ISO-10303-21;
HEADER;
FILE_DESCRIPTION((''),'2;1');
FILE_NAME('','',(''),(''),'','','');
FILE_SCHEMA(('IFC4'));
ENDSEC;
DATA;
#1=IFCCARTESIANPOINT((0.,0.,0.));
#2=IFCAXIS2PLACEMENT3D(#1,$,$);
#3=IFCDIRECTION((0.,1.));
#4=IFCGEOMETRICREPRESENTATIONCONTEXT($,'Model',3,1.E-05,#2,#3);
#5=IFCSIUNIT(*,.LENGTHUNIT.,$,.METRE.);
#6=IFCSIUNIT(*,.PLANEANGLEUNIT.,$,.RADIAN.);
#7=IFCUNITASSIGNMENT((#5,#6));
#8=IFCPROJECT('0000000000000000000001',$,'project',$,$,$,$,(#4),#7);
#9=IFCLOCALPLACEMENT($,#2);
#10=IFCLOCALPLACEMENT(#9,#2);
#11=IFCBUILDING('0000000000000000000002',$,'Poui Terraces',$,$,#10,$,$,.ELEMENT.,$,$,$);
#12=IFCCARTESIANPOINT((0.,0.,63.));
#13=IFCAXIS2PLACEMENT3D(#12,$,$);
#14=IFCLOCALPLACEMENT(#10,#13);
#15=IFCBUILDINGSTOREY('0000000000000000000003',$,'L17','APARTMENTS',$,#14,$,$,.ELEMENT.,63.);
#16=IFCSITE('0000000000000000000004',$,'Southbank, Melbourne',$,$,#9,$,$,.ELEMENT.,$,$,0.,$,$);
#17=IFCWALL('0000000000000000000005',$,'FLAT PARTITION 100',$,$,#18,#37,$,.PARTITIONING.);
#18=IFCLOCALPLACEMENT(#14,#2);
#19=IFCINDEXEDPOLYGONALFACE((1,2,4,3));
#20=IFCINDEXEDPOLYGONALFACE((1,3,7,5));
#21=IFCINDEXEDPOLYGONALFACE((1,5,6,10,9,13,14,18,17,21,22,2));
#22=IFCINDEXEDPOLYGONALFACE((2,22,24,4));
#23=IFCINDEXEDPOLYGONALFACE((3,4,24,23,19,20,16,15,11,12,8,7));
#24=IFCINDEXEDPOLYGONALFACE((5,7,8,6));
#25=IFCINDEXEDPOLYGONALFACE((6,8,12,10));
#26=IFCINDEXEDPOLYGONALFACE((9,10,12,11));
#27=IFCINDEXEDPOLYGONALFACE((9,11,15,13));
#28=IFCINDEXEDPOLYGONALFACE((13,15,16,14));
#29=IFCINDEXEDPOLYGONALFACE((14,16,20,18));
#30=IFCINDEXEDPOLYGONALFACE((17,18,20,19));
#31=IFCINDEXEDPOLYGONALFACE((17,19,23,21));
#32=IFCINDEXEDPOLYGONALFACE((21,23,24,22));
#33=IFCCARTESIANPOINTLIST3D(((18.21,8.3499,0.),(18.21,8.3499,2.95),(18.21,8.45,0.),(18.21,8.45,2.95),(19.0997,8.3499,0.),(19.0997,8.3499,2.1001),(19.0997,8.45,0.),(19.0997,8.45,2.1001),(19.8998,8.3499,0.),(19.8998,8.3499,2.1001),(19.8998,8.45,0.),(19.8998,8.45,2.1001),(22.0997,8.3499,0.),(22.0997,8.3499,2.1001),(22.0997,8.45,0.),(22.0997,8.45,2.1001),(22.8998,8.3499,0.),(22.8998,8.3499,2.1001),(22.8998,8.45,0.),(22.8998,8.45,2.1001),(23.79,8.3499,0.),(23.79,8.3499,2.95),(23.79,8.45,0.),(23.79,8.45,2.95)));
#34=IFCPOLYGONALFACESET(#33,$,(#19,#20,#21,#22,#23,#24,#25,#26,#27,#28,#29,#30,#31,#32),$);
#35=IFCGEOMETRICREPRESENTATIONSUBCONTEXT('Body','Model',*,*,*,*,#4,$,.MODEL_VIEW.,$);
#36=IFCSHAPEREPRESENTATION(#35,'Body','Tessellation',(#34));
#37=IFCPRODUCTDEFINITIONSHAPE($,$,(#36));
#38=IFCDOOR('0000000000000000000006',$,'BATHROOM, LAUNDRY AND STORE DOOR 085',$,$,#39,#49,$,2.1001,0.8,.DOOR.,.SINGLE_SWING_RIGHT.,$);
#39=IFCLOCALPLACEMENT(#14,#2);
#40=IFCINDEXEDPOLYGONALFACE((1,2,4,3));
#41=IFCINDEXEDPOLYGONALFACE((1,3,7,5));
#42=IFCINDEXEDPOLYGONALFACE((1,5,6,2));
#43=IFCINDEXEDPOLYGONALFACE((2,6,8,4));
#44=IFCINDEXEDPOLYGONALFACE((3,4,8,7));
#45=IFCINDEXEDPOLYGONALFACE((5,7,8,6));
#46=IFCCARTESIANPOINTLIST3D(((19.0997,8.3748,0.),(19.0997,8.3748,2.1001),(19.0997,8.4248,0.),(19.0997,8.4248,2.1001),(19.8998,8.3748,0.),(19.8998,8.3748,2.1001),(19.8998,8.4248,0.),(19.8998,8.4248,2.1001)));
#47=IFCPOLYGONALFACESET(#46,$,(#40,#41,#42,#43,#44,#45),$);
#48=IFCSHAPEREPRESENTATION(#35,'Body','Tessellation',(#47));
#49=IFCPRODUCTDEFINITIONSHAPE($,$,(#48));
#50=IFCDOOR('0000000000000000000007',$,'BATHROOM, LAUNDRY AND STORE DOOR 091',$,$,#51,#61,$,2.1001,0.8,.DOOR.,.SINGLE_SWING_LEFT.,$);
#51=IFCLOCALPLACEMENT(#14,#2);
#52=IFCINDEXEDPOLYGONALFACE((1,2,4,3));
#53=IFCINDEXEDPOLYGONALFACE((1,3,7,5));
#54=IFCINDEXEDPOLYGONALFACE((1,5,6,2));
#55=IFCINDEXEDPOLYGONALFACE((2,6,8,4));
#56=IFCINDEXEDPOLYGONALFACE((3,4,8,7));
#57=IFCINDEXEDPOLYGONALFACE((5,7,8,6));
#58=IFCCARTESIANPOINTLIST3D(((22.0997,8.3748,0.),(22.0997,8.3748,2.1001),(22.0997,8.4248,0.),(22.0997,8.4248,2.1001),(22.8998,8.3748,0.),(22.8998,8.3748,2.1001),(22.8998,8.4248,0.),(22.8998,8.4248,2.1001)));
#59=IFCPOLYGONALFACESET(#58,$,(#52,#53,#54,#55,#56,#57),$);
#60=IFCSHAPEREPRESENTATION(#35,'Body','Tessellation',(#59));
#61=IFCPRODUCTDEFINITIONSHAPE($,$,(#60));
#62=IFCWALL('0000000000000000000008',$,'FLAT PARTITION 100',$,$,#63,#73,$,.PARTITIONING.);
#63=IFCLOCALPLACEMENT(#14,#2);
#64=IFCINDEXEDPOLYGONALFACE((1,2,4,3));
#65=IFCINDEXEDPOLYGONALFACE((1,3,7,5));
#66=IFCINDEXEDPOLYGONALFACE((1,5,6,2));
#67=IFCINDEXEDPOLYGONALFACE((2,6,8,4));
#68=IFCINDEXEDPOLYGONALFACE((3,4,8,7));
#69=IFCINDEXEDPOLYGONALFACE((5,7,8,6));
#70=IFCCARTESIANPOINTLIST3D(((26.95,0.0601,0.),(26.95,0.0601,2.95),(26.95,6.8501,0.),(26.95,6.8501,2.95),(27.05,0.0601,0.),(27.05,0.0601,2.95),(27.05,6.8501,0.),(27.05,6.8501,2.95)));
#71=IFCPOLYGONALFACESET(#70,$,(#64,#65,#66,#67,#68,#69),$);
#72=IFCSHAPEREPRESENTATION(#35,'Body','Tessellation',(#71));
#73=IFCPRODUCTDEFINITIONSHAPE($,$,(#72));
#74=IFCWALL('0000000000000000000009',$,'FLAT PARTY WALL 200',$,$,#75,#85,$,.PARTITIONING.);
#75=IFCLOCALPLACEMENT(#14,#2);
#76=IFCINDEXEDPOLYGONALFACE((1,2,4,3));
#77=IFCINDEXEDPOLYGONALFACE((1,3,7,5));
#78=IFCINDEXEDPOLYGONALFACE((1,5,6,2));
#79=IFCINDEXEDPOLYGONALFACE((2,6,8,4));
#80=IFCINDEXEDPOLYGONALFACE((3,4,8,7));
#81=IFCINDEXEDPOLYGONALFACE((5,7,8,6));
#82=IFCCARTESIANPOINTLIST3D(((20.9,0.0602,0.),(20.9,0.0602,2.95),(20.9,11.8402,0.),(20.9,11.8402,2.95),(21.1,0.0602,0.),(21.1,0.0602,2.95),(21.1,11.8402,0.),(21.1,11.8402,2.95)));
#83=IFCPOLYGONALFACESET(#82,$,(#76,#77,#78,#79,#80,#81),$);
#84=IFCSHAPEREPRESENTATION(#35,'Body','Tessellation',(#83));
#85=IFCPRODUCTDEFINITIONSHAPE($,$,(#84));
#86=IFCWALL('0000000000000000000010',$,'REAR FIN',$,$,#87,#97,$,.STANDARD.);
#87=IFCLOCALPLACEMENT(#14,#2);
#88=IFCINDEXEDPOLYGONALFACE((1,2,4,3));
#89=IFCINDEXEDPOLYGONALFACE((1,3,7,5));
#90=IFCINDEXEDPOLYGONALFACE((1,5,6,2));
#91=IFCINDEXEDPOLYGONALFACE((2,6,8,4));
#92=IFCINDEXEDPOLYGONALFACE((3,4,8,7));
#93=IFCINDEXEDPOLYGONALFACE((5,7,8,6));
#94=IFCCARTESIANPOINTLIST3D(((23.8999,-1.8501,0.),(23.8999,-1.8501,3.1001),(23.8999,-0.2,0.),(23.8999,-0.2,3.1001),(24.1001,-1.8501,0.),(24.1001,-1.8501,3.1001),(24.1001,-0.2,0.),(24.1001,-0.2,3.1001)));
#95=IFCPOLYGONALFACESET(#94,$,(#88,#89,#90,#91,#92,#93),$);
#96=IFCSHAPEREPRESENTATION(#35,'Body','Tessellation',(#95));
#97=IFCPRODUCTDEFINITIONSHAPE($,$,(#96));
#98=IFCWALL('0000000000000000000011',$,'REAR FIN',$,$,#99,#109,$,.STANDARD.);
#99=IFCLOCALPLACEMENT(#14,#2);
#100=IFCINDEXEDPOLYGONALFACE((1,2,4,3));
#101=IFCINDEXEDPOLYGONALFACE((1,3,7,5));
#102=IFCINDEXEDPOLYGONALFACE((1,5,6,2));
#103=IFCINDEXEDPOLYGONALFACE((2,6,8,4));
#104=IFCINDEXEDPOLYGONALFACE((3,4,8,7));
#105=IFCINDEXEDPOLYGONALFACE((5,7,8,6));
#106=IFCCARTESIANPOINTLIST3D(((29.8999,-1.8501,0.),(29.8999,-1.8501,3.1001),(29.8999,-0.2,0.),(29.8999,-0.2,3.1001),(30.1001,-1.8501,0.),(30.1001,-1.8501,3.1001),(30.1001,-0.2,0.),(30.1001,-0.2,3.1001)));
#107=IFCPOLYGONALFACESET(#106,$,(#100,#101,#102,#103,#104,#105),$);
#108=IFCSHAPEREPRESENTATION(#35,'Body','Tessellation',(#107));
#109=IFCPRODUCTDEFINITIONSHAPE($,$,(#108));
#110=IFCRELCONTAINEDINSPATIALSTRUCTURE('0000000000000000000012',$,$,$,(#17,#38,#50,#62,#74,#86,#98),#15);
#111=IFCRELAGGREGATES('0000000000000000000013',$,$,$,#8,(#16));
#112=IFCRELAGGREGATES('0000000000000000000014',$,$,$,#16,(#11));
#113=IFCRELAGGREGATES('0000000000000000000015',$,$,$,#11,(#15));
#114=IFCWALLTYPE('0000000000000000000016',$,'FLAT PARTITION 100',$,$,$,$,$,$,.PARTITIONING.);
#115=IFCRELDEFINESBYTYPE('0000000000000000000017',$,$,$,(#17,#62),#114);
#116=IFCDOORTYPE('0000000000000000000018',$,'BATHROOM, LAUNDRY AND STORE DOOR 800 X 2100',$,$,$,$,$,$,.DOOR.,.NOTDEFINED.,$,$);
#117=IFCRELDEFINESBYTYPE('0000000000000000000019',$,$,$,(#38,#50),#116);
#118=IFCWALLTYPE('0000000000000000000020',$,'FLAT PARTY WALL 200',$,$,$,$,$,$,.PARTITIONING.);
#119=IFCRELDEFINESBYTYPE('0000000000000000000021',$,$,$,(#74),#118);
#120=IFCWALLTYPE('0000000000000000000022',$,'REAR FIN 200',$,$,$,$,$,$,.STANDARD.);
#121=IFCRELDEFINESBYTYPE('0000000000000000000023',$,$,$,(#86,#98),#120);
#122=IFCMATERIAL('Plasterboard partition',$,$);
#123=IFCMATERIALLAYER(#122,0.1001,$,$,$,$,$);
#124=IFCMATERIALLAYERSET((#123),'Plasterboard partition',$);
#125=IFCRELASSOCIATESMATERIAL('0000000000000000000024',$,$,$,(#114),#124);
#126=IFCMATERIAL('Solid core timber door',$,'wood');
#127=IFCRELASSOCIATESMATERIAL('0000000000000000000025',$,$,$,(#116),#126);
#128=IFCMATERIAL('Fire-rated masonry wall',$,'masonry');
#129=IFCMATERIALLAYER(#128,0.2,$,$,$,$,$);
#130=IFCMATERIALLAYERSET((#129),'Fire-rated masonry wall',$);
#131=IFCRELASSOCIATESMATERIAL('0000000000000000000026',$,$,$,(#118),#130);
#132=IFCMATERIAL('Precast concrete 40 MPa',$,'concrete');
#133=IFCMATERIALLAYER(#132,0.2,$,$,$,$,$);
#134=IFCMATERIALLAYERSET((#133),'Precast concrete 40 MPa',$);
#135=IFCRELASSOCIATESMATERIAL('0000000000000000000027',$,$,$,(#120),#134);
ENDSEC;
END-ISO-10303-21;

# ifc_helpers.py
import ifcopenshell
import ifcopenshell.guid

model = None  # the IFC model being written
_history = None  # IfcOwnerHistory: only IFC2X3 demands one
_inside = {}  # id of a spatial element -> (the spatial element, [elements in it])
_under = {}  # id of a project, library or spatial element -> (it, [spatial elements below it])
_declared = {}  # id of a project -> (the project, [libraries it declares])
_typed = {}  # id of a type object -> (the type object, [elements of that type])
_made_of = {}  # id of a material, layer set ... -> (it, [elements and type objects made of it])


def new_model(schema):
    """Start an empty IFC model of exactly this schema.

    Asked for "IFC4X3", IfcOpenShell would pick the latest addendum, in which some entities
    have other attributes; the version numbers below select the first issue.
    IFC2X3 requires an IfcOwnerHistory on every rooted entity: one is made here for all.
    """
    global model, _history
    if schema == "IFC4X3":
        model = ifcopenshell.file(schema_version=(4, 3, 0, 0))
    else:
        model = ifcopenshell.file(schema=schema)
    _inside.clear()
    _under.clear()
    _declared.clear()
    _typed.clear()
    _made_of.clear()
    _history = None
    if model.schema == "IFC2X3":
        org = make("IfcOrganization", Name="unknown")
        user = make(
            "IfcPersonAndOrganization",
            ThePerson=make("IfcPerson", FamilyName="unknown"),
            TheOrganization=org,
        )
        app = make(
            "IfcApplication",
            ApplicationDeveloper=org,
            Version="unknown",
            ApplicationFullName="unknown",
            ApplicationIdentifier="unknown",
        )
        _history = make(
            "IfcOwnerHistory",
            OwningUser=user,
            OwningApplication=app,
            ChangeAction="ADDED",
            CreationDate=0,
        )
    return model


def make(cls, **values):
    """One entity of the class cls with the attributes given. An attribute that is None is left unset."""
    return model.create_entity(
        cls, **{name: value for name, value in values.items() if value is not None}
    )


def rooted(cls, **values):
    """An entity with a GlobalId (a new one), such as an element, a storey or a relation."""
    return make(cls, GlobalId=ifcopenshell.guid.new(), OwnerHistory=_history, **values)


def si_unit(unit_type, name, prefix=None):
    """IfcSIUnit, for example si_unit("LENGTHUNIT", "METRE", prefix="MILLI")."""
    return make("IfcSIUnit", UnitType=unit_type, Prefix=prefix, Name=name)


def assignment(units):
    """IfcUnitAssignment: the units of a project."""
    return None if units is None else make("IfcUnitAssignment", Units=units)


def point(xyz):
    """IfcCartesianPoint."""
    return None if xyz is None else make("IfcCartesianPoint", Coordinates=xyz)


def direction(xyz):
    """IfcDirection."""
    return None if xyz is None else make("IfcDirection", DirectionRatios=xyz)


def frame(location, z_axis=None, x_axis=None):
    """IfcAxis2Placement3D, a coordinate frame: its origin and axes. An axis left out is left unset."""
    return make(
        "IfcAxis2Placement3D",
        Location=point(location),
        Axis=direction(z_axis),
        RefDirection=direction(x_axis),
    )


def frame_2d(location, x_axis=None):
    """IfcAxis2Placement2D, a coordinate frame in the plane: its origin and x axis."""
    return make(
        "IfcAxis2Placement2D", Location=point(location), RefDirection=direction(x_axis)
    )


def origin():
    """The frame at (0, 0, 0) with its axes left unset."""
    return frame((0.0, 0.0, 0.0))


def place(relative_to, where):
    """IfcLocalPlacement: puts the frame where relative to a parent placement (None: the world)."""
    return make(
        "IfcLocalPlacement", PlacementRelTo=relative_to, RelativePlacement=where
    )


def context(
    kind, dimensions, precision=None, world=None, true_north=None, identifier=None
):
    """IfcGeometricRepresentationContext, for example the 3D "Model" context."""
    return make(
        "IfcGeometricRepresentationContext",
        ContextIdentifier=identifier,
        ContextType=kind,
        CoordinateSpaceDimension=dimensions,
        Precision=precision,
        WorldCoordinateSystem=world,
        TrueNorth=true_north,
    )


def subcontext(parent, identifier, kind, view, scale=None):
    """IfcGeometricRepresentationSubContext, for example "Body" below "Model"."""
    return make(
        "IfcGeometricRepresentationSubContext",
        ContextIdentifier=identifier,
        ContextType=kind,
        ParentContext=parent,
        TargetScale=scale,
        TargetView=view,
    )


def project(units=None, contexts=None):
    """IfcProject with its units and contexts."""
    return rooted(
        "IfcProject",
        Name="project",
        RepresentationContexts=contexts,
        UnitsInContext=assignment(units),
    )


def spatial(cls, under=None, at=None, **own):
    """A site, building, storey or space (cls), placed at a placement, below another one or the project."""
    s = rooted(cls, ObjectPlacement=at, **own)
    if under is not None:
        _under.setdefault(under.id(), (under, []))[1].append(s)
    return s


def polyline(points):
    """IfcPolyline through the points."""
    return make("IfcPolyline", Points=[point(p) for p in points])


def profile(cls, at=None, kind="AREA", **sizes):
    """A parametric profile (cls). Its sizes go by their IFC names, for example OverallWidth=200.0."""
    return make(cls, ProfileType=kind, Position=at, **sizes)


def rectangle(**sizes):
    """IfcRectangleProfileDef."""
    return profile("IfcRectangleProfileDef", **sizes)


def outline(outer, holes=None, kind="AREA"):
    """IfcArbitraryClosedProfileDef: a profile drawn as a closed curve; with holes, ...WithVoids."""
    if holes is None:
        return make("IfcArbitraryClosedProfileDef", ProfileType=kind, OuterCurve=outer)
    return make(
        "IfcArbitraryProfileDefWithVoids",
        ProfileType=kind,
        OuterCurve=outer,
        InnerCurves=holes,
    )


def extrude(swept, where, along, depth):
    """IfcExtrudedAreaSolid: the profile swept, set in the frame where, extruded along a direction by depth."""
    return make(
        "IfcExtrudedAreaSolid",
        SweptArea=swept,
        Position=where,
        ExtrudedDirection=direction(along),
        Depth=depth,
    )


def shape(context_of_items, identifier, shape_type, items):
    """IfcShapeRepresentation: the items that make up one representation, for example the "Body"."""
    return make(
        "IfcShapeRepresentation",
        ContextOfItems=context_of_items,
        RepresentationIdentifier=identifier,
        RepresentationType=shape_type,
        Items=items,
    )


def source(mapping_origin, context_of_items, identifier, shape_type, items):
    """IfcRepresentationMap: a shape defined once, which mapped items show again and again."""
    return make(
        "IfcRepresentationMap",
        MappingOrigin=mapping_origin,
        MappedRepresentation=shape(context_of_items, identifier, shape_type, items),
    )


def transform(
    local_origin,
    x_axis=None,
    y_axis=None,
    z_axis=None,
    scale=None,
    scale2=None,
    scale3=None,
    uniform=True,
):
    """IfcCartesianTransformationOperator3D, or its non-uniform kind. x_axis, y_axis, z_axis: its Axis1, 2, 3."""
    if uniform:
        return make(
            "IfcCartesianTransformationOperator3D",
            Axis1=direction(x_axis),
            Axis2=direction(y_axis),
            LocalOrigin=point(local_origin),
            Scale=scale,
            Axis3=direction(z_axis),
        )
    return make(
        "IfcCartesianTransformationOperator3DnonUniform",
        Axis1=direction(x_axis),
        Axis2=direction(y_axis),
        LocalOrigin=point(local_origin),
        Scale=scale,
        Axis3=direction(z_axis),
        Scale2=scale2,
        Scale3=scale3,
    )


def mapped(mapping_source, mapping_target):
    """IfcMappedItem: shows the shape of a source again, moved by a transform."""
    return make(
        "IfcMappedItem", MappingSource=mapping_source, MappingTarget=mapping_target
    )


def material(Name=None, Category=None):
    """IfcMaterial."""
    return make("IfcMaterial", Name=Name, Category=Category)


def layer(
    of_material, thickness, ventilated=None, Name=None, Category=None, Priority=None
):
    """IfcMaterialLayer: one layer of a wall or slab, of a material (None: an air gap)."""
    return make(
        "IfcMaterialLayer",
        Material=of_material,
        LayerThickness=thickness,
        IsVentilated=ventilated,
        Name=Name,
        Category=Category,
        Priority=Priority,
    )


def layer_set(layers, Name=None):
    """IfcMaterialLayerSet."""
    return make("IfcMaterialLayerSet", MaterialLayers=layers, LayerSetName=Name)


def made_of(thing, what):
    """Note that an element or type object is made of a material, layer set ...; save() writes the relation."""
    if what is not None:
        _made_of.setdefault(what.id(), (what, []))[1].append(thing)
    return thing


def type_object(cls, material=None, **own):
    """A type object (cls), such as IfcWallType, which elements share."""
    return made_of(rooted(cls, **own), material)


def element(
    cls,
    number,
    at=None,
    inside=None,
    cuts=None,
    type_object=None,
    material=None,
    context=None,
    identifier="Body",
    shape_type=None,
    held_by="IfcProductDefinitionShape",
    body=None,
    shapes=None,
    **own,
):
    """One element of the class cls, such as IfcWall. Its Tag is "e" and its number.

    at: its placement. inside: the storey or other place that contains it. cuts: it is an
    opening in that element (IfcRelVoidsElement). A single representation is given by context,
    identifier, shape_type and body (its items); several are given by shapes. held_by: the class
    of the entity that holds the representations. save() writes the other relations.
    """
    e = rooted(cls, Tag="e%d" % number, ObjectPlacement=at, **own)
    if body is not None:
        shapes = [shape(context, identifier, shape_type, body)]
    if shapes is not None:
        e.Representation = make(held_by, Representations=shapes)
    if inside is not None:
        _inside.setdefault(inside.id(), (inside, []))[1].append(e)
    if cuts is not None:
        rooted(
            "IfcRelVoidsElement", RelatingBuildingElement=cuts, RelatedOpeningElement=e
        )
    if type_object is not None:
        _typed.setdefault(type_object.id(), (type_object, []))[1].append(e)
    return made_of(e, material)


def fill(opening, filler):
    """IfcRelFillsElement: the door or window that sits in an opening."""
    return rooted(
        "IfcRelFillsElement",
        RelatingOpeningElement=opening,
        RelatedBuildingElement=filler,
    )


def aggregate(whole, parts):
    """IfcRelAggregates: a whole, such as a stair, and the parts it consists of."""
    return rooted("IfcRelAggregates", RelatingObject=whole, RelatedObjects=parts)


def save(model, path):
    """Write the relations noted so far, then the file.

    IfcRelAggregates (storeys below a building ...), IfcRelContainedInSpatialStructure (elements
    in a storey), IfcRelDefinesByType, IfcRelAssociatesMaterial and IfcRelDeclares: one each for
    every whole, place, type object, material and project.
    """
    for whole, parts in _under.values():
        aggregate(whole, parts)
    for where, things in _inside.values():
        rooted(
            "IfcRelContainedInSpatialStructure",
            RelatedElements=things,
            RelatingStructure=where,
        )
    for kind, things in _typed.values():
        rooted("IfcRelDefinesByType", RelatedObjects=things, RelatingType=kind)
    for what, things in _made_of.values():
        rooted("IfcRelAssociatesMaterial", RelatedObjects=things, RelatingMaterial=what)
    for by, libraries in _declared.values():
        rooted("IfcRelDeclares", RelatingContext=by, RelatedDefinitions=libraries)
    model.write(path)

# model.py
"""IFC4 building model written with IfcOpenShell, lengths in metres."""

from ifc_helpers import new_model, si_unit, direction, frame, frame_2d, origin, place, context, subcontext, project, spatial, polyline, rectangle, outline, extrude, source, transform, mapped, material, layer, layer_set, type_object, element, fill, save


model = new_model("IFC4")

# Units and contexts
model_context = context("Model", 3, precision=1e-05, world=origin(), true_north=direction((0.0, 1.0)))
body_context = subcontext(model_context, "Body", "Model", "MODEL_VIEW")
ifc_project = project(units=[si_unit("LENGTHUNIT", "METRE"), si_unit("PLANEANGLEUNIT", "RADIAN")], contexts=[model_context])

# Site, building, storey
site_placement = place(None, origin())
site = spatial("IfcSite", under=ifc_project, at=site_placement, Name="Southbank, Melbourne", CompositionType="ELEMENT", RefElevation=0.0)
building_placement = place(site_placement, origin())
building = spatial("IfcBuilding", under=site, at=building_placement, Name="Poui Terraces", CompositionType="ELEMENT")
storey_placement = place(building_placement, frame((0.0, 0.0, 63.0)))
storey = spatial("IfcBuildingStorey", under=building, at=storey_placement, Name="L17", Description="APARTMENTS", CompositionType="ELEMENT", Elevation=63.0)

# Shared definitions
ifc_material_1 = material(Name="Precast concrete 40 MPa", Category="concrete")

# Shared definitions
ifc_material_2 = material(Name="Solid core timber door", Category="wood")
ifc_material_3 = material(Name="Plasterboard partition")
ifc_layer_1 = layer(ifc_material_3, 0.1001)
ifc_layer_set_1 = layer_set([ifc_layer_1], Name="Plasterboard partition")
wall_type_1 = type_object("IfcWallType", Name="FLAT PARTITION 100", PredefinedType="PARTITIONING", material=ifc_layer_set_1)

# Wall, openings, doors
wall_1_placement = place(storey_placement, frame((18.21, 8.3999, 0.0), z_axis=(0.0, 0.0, 1.0), x_axis=(1.0, 0.0, 0.0)))
wall_1 = element("IfcWall", 1, at=wall_1_placement, inside=storey, type_object=wall_type_1, Name="FLAT PARTITION 100", PredefinedType="PARTITIONING", context=body_context, shape_type="SweptSolid", body=[
    extrude(rectangle(XDim=5.5801, YDim=0.1001, at=frame_2d((2.79, 0.0))), origin(), (0.0, 0.0, 1.0), 2.95),
])
opening_1_placement = place(wall_1_placement, frame((0.8899, 0.0, 0.0)))
opening_1 = element("IfcOpeningElement", 2, at=opening_1_placement, cuts=wall_1, PredefinedType="OPENING", context=body_context, shape_type="SweptSolid", body=[
    extrude(rectangle(XDim=0.8, YDim=2.1001, at=frame_2d((0.3999, 1.05))), frame((0.0, 0.0601, 0.0), z_axis=(0.0, -1.0, 0.0), x_axis=(1.0, 0.0, 0.0)), (0.0, 0.0, 1.0), 0.1201),
])
opening_2_placement = place(wall_1_placement, frame((3.8899, 0.0, 0.0)))
opening_2 = element("IfcOpeningElement", 3, at=opening_2_placement, cuts=wall_1, PredefinedType="OPENING", context=body_context, shape_type="SweptSolid", body=[
    extrude(rectangle(XDim=0.8, YDim=2.1001, at=frame_2d((0.3999, 1.05))), frame((0.0, 0.0601, 0.0), z_axis=(0.0, -1.0, 0.0), x_axis=(1.0, 0.0, 0.0)), (0.0, 0.0, 1.0), 0.1201),
])
door_type_1 = type_object("IfcDoorType", Name="BATHROOM, LAUNDRY AND STORE DOOR 800 X 2100", OperationType="NOTDEFINED", PredefinedType="DOOR", material=ifc_material_2)
door_1_placement = place(opening_1_placement, origin())
door_1 = element("IfcDoor", 4, at=door_1_placement, inside=storey, type_object=door_type_1, Name="BATHROOM, LAUNDRY AND STORE DOOR 085", OperationType="SINGLE_SWING_RIGHT", OverallHeight=2.1001, OverallWidth=0.8, PredefinedType="DOOR", context=body_context, shape_type="SweptSolid", body=[
    extrude(rectangle(XDim=0.8, YDim=2.1001, at=frame_2d((0.3999, 1.05))), frame((0.0, 0.0249, 0.0), z_axis=(0.0, -1.0, 0.0), x_axis=(1.0, 0.0, 0.0)), (0.0, 0.0, 1.0), 0.05),
])
fill(opening_1, door_1)
door_2_placement = place(opening_2_placement, origin())
door_2 = element("IfcDoor", 5, at=door_2_placement, inside=storey, type_object=door_type_1, Name="BATHROOM, LAUNDRY AND STORE DOOR 091", OperationType="SINGLE_SWING_LEFT", OverallHeight=2.1001, OverallWidth=0.8, PredefinedType="DOOR", context=body_context, shape_type="SweptSolid", body=[
    extrude(rectangle(XDim=0.8, YDim=2.1001, at=frame_2d((0.3999, 1.05))), frame((0.0, 0.0249, 0.0), z_axis=(0.0, -1.0, 0.0), x_axis=(1.0, 0.0, 0.0)), (0.0, 0.0, 1.0), 0.05),
])
fill(opening_2, door_2)

# Walls
wall_2_placement = place(storey_placement, frame((27.0, 0.0601, 0.0), z_axis=(0.0, 0.0, 1.0), x_axis=(0.0, 1.0, 0.0)))
element("IfcWall", 6, at=wall_2_placement, inside=storey, type_object=wall_type_1, Name="FLAT PARTITION 100", PredefinedType="PARTITIONING", context=body_context, shape_type="SweptSolid", body=[
    extrude(rectangle(XDim=6.79, YDim=0.1001, at=frame_2d((3.395, 0.0))), origin(), (0.0, 0.0, 1.0), 2.95),
])
ifc_material_4 = material(Name="Fire-rated masonry wall", Category="masonry")
ifc_layer_2 = layer(ifc_material_4, 0.2)
ifc_layer_set_2 = layer_set([ifc_layer_2], Name="Fire-rated masonry wall")
wall_type_2 = type_object("IfcWallType", Name="FLAT PARTY WALL 200", PredefinedType="PARTITIONING", material=ifc_layer_set_2)
wall_3_placement = place(storey_placement, frame((21.0, 0.0601, 0.0), z_axis=(0.0, 0.0, 1.0), x_axis=(0.0, 1.0, 0.0)))
element("IfcWall", 7, at=wall_3_placement, inside=storey, type_object=wall_type_2, Name="FLAT PARTY WALL 200", PredefinedType="PARTITIONING", context=body_context, shape_type="SweptSolid", body=[
    extrude(rectangle(XDim=11.78, YDim=0.2, at=frame_2d((5.8901, 0.0))), origin(), (0.0, 0.0, 1.0), 2.95),
])
ifc_layer_3 = layer(ifc_material_1, 0.2)
ifc_layer_set_3 = layer_set([ifc_layer_3], Name="Precast concrete 40 MPa")
wall_type_3 = type_object("IfcWallType", Name="REAR FIN 200", PredefinedType="STANDARD", material=ifc_layer_set_3)
shared_shape_1 = source(origin(), body_context, "Body", "SweptSolid", [
    extrude(outline(polyline([(0.0, 0.0), (0.2002, 0.0), (0.2002, 1.6501), (0.0, 1.6501), (0.0, 0.0)])), origin(), (0.0, 0.0, 1.0), 3.1001),
])
for number, where, name in (
    (8, (23.8999, -1.8501, 0.0), "REAR FIN"),
    (9, (29.8999, -1.8501, 0.0), "REAR FIN"),
):
    element("IfcWall", number, at=place(storey_placement, frame(where)), inside=storey, type_object=wall_type_3, Name=name, PredefinedType="STANDARD", context=body_context, shape_type="MappedRepresentation", body=[
        mapped(shared_shape_1, transform((0.0, 0.0, 0.0))),
    ])

save(model, "model.ifc")
